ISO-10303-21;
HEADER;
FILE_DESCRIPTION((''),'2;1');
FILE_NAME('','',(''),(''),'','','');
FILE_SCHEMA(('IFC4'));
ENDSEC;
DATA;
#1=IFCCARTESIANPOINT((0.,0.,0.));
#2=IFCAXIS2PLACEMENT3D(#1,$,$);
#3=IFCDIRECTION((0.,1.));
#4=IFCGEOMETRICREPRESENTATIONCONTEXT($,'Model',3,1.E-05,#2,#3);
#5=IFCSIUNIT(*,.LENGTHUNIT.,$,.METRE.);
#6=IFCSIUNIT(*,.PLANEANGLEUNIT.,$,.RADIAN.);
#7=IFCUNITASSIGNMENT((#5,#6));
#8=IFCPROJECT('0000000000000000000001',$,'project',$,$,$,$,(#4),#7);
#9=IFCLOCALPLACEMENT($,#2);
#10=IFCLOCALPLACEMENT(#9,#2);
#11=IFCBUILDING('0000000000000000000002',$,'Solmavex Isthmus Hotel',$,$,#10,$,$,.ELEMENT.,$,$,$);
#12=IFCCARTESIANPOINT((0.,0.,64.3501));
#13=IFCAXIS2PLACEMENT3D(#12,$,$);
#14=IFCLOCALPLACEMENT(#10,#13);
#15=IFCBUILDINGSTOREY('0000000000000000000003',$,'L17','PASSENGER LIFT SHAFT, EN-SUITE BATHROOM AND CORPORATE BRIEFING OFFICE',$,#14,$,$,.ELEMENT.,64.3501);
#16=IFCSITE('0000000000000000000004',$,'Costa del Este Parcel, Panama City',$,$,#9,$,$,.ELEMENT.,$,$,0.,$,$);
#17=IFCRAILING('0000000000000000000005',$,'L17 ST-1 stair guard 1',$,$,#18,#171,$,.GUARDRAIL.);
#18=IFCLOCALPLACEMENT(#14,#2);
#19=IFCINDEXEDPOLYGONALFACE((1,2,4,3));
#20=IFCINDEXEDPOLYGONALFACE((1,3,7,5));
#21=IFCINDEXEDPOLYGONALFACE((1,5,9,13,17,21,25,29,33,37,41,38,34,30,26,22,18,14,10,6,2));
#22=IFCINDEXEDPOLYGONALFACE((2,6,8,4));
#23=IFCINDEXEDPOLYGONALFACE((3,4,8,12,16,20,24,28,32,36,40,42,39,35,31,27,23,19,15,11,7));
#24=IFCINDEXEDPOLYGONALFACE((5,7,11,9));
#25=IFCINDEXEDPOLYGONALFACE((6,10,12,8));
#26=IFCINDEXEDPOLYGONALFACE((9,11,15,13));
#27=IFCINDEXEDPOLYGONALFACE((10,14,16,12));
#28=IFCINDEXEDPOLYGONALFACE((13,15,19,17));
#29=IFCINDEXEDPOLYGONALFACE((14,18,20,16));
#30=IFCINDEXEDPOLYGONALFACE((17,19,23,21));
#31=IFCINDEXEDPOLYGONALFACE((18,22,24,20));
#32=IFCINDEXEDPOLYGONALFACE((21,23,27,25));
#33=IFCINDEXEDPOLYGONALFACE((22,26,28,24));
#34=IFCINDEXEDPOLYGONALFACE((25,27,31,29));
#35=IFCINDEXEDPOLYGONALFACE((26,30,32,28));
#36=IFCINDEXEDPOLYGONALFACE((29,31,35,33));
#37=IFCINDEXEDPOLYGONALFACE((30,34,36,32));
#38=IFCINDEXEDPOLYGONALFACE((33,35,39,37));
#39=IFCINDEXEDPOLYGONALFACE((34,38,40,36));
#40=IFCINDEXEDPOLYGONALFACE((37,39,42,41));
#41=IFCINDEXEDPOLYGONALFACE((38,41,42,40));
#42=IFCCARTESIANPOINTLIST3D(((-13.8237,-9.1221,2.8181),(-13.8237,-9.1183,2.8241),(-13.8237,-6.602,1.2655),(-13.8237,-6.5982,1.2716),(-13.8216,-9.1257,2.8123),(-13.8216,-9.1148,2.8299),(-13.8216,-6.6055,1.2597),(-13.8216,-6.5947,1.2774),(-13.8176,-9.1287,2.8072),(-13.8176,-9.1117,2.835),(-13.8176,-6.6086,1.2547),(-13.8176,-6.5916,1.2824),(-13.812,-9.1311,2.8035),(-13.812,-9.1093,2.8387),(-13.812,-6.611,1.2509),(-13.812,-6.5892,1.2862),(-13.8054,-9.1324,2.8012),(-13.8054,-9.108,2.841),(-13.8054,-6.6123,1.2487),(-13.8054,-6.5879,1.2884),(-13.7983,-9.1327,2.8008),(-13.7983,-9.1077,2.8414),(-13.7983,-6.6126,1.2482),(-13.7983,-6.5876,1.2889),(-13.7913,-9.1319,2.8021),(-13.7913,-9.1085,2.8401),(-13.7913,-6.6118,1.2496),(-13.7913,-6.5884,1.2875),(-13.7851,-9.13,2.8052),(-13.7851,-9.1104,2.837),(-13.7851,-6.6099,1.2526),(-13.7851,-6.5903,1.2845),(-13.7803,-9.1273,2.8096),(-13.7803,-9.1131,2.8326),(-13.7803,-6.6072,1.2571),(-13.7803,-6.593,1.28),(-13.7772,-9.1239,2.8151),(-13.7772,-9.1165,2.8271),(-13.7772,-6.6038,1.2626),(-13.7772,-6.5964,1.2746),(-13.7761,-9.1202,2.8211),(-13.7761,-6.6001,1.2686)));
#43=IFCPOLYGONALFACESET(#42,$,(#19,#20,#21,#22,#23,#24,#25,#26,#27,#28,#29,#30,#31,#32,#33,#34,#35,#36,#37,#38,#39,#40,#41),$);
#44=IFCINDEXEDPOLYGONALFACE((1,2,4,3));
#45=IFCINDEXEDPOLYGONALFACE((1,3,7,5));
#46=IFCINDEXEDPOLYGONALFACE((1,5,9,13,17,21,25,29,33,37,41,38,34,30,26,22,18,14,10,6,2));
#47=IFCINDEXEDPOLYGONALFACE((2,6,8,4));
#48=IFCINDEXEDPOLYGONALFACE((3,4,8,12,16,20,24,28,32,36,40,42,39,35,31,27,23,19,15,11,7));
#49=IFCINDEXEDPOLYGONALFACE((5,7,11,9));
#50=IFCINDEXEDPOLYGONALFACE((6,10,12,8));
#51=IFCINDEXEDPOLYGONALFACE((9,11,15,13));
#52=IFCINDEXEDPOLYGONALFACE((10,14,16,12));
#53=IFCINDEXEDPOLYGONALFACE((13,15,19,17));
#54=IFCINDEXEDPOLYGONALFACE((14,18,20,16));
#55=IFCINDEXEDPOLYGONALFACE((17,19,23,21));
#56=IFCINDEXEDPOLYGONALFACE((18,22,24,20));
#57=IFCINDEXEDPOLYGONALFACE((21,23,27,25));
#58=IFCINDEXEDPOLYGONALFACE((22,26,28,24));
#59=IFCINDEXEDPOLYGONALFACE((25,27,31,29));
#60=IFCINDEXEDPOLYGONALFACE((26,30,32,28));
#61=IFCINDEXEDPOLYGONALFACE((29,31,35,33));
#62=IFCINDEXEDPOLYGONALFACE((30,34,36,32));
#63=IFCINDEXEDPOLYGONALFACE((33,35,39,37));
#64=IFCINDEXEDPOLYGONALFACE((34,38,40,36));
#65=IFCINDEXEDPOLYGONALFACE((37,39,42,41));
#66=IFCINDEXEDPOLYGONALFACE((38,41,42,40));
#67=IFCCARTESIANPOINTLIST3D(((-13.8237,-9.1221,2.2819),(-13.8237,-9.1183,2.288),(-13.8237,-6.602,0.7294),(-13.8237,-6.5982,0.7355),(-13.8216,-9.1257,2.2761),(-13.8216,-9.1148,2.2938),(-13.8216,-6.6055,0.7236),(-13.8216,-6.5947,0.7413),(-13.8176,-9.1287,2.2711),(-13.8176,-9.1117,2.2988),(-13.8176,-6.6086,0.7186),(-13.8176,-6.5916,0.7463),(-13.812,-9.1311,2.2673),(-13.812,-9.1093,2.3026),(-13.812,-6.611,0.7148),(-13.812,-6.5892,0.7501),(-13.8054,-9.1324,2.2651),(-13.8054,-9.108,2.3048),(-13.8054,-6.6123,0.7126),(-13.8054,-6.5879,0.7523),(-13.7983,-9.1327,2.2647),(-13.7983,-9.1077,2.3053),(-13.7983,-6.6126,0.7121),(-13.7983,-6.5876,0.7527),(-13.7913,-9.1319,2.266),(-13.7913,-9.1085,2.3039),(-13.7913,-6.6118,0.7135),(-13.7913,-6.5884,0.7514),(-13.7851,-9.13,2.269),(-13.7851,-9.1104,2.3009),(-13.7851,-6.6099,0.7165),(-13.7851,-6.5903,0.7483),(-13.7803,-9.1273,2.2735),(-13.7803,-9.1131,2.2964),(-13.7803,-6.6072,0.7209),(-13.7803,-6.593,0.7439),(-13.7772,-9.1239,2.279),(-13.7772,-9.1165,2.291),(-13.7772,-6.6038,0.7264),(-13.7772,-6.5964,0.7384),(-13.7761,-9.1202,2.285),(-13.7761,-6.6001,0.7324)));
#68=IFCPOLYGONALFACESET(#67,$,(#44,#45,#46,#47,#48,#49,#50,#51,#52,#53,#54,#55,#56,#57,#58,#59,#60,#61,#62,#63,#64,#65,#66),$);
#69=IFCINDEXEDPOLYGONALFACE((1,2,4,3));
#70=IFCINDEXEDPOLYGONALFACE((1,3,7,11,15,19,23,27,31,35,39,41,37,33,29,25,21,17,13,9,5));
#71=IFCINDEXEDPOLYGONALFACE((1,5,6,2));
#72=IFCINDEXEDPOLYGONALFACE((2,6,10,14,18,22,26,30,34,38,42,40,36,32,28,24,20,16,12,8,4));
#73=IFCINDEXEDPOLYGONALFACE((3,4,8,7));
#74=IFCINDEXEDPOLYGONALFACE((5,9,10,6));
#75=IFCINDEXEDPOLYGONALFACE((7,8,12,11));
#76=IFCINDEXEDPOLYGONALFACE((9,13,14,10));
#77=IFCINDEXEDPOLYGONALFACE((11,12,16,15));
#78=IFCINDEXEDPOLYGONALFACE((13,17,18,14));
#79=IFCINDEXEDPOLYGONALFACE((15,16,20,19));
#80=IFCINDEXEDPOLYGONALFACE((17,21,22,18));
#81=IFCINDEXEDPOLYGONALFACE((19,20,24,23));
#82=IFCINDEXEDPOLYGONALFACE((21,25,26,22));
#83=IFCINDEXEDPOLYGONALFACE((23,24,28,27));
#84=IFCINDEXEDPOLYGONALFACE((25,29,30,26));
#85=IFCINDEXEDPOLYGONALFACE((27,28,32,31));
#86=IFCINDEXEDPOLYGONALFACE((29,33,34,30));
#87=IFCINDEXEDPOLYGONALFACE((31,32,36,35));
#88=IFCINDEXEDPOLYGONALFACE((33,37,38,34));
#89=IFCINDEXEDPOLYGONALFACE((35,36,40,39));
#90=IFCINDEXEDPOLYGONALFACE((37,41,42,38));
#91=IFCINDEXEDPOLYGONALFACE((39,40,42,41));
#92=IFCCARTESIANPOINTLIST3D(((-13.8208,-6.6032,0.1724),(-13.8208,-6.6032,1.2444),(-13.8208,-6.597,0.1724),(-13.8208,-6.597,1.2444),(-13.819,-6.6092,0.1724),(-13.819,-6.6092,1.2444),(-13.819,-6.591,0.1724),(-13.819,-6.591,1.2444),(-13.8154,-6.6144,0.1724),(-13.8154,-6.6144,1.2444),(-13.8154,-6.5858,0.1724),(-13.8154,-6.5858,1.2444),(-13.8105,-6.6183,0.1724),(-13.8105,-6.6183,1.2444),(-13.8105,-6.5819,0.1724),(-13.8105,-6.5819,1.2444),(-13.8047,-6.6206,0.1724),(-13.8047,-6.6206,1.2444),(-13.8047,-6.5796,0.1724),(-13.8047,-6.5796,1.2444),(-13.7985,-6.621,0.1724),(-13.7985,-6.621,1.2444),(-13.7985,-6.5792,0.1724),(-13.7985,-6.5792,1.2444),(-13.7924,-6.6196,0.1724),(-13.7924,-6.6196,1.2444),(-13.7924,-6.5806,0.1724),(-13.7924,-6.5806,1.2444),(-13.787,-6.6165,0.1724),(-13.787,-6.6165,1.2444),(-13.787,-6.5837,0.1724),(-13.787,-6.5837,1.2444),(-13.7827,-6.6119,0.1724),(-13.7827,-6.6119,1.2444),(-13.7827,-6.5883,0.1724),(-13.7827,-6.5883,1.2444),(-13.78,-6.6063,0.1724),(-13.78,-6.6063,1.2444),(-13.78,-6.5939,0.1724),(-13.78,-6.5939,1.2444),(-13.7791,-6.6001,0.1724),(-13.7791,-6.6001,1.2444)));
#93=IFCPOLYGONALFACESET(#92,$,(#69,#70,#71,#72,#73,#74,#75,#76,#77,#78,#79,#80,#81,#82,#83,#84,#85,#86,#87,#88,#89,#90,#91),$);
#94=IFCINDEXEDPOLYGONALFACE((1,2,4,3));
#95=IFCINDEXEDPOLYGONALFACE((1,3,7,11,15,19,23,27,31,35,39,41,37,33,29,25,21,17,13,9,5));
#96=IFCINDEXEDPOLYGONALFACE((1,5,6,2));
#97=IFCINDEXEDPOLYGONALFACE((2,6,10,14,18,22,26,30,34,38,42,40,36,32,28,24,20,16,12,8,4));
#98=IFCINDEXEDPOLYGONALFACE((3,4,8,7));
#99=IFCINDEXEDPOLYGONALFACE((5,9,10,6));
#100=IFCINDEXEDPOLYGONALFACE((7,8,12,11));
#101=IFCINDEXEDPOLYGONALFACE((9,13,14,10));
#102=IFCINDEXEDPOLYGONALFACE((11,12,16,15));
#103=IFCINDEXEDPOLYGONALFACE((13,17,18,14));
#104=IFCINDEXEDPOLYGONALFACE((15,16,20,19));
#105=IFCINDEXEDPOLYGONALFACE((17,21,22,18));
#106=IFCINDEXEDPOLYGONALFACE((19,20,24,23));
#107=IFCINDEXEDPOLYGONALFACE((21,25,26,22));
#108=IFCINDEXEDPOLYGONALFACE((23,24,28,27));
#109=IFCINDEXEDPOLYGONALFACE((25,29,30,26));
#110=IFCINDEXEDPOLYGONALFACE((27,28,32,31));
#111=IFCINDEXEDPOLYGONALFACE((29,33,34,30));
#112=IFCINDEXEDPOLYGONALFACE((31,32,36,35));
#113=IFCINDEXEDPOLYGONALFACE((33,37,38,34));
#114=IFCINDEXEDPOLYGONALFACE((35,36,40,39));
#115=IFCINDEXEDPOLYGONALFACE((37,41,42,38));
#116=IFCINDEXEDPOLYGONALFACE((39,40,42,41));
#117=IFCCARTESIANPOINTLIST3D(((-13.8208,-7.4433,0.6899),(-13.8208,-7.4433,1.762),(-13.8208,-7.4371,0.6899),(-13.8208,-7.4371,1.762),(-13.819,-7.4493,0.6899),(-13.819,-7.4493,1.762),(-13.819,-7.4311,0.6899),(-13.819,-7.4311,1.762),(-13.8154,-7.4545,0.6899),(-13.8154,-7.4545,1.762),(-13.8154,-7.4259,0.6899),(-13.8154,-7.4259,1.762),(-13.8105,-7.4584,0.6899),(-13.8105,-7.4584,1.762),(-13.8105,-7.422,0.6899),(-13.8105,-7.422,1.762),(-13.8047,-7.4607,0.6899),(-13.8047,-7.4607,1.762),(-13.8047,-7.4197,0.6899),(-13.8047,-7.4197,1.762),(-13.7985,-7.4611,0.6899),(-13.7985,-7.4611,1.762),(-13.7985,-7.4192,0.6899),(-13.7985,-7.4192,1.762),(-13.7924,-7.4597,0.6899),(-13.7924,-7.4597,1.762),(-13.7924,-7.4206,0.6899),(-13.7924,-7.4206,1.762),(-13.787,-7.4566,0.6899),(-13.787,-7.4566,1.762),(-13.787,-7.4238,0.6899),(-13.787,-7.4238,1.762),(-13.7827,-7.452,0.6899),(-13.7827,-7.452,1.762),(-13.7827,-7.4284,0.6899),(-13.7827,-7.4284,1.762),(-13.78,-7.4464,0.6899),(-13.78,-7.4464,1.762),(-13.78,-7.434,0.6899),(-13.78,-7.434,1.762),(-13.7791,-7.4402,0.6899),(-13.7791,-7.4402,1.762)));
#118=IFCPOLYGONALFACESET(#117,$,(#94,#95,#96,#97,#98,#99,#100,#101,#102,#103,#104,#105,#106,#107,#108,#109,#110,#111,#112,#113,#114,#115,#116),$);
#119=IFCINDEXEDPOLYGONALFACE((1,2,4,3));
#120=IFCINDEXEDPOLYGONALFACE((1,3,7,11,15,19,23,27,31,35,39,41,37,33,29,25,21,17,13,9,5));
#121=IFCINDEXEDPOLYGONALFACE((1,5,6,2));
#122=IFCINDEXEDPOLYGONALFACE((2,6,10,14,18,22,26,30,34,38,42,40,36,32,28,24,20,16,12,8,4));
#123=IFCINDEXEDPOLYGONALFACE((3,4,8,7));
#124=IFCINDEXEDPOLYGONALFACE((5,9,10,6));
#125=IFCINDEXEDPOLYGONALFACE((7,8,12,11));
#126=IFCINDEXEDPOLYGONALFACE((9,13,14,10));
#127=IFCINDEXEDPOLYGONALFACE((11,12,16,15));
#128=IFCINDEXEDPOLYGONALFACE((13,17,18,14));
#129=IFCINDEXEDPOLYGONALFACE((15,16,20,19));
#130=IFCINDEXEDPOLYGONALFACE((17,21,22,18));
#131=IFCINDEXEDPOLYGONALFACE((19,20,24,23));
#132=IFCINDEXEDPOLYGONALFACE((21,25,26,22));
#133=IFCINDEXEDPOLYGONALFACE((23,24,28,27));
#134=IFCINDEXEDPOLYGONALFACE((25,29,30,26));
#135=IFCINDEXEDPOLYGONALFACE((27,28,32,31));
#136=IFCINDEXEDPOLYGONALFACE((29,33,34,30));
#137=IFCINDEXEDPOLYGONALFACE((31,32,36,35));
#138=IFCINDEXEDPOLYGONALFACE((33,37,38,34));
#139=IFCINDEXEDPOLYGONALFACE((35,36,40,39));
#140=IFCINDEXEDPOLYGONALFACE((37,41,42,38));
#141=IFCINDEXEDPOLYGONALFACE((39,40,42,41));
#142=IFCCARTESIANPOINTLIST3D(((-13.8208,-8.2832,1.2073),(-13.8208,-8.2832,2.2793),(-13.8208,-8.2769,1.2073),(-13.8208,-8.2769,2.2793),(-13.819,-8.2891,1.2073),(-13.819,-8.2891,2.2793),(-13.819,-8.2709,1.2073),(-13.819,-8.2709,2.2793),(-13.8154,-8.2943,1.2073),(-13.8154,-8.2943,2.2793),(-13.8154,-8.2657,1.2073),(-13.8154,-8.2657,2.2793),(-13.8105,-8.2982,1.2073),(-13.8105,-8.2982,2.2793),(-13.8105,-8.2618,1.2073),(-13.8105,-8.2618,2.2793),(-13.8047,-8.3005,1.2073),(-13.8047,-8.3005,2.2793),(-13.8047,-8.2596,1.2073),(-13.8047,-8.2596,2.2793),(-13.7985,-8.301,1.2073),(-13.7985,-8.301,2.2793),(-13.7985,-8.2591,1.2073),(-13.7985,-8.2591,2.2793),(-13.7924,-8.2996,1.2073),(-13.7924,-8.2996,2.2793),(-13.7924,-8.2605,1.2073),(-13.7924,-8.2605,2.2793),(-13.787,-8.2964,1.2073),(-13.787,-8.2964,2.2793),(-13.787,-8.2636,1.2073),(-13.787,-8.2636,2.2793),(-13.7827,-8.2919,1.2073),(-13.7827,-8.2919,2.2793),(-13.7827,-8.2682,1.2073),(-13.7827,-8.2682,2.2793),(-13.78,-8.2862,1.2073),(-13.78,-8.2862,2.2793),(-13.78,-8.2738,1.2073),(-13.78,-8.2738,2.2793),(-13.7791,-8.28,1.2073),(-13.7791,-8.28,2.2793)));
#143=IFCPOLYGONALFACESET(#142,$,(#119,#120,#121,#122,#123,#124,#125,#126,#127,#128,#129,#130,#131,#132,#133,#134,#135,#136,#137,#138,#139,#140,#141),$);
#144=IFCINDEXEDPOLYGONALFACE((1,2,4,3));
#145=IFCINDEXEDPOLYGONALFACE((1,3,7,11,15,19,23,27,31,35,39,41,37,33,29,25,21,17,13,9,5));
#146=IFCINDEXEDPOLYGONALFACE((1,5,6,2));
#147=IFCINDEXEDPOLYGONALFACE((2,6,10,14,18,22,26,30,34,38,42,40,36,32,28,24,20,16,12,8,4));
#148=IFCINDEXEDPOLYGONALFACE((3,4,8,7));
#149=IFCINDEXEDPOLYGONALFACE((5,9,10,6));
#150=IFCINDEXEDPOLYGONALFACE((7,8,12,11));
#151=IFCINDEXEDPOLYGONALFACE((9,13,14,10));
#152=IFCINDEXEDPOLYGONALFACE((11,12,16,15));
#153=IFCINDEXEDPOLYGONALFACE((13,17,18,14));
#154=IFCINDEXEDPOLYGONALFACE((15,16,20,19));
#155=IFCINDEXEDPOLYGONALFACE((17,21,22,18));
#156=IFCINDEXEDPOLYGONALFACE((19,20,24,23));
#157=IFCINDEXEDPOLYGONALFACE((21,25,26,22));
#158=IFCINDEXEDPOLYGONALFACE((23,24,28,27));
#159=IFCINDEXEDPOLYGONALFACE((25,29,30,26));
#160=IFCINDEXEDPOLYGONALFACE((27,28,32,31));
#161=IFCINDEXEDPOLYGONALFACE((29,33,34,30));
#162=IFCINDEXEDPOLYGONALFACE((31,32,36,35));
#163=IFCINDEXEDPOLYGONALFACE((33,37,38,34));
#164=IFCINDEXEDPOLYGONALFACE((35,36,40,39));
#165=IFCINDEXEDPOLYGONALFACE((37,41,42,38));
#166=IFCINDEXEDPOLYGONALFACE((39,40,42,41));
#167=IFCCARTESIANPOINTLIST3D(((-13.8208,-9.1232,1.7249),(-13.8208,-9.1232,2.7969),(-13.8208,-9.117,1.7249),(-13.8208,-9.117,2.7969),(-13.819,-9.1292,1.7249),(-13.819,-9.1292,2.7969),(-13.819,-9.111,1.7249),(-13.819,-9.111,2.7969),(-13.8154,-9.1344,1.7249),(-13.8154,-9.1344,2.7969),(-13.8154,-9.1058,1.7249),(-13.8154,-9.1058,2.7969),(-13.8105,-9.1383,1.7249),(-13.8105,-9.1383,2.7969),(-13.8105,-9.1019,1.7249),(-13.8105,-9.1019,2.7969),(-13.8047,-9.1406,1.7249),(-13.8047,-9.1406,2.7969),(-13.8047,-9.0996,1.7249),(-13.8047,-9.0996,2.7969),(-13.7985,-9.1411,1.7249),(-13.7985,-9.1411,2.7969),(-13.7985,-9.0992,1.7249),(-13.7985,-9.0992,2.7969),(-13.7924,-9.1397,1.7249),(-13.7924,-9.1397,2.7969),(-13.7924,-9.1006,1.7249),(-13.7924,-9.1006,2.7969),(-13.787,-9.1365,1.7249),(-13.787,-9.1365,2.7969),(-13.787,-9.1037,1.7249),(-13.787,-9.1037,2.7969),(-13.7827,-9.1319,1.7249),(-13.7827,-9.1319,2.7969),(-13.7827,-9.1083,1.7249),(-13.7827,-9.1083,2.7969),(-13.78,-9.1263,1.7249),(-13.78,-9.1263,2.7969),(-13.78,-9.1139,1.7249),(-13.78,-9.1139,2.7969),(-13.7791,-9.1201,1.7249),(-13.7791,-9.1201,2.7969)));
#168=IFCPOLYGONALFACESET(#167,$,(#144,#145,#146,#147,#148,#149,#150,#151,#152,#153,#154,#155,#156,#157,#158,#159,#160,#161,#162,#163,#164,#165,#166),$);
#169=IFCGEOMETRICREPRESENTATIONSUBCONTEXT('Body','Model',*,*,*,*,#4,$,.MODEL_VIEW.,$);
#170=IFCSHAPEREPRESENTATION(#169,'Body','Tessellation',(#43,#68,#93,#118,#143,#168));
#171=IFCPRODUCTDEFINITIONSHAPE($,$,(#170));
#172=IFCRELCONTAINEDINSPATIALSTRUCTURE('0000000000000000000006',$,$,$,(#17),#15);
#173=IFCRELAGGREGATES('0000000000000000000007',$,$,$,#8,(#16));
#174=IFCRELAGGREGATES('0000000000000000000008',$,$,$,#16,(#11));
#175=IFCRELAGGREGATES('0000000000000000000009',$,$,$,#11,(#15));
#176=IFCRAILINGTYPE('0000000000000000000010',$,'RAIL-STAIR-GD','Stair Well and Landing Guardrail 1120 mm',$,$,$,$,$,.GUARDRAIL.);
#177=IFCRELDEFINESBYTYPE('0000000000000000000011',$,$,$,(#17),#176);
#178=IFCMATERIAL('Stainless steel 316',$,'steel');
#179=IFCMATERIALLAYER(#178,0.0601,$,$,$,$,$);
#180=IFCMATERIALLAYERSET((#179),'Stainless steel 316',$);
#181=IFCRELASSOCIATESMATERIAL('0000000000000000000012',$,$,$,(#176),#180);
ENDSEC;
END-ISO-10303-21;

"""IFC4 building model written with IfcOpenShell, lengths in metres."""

from ifc_helpers import new_model, si_unit, direction, frame, origin, origin_2d, place, context, subcontext, project, spatial, circle, extrude, material, layer, layer_set, type_object, element, save


model = new_model("IFC4")

# Units and contexts
model_context = context("Model", 3, precision=1e-05, world=origin(), true_north=direction((0.0, 1.0)))
body_context = subcontext(model_context, "Body", "Model", "MODEL_VIEW")
ifc_project = project(units=[si_unit("LENGTHUNIT", "METRE"), si_unit("PLANEANGLEUNIT", "RADIAN")], contexts=[model_context])

# Site, building, storey
site_placement = place(None, origin())
site = spatial("IfcSite", under=ifc_project, at=site_placement, Name="Costa del Este Parcel, Panama City", CompositionType="ELEMENT", RefElevation=0.0)
building_placement = place(site_placement, origin())
building = spatial("IfcBuilding", under=site, at=building_placement, Name="Solmavex Isthmus Hotel", CompositionType="ELEMENT")
storey_placement = place(building_placement, frame((0.0, 0.0, 64.3501)))
storey = spatial("IfcBuildingStorey", under=building, at=storey_placement, Name="L17", Description="PASSENGER LIFT SHAFT, EN-SUITE BATHROOM AND CORPORATE BRIEFING OFFICE", CompositionType="ELEMENT", Elevation=64.3501)

# Shared definitions
ifc_material_1 = material(Name="Stainless steel 316", Category="steel")

# Railing
ifc_layer_1 = layer(ifc_material_1, 0.0601)
ifc_layer_set_1 = layer_set([ifc_layer_1], Name="Stainless steel 316")
railing_type_1 = type_object("IfcRailingType", Name="RAIL-STAIR-GD", Description="Stair Well and Landing Guardrail 1120 mm", PredefinedType="GUARDRAIL", material=ifc_layer_set_1)
railing_1_placement = place(storey_placement, frame((-13.8, -6.6001, 0.1724)))
element("IfcRailing", 1, at=railing_1_placement, inside=storey, type_object=railing_type_1, Name="L17 ST-1 stair guard 1", PredefinedType="GUARDRAIL", context=body_context, shape_type="SweptSolid", body=[
    extrude(circle(Radius=0.0239, at=origin_2d()), frame((0.0, 0.0, 1.0962), z_axis=(0.0, -0.8514, 0.524516), x_axis=(1.0, 0.0, 0.0)), (0.0, 0.0, 1.0), 2.96),
    extrude(circle(Radius=0.0239, at=origin_2d()), frame((0.0, 0.0, 0.5601), z_axis=(0.0, -0.8514, 0.524516), x_axis=(1.0, 0.0, 0.0)), (0.0, 0.0, 1.0), 2.96),
    extrude(circle(Radius=0.021, at=origin_2d()), origin(), (0.0, 0.0, 1.0), 1.072),
    extrude(circle(Radius=0.021, at=origin_2d()), frame((0.0, -0.8401, 0.5176)), (0.0, 0.0, 1.0), 1.072),
    extrude(circle(Radius=0.021, at=origin_2d()), frame((0.0, -1.6799, 1.0349)), (0.0, 0.0, 1.0), 1.072),
    extrude(circle(Radius=0.021, at=origin_2d()), frame((0.0, -2.52, 1.5525)), (0.0, 0.0, 1.0), 1.072),
])

save(model, "model.ifc")
